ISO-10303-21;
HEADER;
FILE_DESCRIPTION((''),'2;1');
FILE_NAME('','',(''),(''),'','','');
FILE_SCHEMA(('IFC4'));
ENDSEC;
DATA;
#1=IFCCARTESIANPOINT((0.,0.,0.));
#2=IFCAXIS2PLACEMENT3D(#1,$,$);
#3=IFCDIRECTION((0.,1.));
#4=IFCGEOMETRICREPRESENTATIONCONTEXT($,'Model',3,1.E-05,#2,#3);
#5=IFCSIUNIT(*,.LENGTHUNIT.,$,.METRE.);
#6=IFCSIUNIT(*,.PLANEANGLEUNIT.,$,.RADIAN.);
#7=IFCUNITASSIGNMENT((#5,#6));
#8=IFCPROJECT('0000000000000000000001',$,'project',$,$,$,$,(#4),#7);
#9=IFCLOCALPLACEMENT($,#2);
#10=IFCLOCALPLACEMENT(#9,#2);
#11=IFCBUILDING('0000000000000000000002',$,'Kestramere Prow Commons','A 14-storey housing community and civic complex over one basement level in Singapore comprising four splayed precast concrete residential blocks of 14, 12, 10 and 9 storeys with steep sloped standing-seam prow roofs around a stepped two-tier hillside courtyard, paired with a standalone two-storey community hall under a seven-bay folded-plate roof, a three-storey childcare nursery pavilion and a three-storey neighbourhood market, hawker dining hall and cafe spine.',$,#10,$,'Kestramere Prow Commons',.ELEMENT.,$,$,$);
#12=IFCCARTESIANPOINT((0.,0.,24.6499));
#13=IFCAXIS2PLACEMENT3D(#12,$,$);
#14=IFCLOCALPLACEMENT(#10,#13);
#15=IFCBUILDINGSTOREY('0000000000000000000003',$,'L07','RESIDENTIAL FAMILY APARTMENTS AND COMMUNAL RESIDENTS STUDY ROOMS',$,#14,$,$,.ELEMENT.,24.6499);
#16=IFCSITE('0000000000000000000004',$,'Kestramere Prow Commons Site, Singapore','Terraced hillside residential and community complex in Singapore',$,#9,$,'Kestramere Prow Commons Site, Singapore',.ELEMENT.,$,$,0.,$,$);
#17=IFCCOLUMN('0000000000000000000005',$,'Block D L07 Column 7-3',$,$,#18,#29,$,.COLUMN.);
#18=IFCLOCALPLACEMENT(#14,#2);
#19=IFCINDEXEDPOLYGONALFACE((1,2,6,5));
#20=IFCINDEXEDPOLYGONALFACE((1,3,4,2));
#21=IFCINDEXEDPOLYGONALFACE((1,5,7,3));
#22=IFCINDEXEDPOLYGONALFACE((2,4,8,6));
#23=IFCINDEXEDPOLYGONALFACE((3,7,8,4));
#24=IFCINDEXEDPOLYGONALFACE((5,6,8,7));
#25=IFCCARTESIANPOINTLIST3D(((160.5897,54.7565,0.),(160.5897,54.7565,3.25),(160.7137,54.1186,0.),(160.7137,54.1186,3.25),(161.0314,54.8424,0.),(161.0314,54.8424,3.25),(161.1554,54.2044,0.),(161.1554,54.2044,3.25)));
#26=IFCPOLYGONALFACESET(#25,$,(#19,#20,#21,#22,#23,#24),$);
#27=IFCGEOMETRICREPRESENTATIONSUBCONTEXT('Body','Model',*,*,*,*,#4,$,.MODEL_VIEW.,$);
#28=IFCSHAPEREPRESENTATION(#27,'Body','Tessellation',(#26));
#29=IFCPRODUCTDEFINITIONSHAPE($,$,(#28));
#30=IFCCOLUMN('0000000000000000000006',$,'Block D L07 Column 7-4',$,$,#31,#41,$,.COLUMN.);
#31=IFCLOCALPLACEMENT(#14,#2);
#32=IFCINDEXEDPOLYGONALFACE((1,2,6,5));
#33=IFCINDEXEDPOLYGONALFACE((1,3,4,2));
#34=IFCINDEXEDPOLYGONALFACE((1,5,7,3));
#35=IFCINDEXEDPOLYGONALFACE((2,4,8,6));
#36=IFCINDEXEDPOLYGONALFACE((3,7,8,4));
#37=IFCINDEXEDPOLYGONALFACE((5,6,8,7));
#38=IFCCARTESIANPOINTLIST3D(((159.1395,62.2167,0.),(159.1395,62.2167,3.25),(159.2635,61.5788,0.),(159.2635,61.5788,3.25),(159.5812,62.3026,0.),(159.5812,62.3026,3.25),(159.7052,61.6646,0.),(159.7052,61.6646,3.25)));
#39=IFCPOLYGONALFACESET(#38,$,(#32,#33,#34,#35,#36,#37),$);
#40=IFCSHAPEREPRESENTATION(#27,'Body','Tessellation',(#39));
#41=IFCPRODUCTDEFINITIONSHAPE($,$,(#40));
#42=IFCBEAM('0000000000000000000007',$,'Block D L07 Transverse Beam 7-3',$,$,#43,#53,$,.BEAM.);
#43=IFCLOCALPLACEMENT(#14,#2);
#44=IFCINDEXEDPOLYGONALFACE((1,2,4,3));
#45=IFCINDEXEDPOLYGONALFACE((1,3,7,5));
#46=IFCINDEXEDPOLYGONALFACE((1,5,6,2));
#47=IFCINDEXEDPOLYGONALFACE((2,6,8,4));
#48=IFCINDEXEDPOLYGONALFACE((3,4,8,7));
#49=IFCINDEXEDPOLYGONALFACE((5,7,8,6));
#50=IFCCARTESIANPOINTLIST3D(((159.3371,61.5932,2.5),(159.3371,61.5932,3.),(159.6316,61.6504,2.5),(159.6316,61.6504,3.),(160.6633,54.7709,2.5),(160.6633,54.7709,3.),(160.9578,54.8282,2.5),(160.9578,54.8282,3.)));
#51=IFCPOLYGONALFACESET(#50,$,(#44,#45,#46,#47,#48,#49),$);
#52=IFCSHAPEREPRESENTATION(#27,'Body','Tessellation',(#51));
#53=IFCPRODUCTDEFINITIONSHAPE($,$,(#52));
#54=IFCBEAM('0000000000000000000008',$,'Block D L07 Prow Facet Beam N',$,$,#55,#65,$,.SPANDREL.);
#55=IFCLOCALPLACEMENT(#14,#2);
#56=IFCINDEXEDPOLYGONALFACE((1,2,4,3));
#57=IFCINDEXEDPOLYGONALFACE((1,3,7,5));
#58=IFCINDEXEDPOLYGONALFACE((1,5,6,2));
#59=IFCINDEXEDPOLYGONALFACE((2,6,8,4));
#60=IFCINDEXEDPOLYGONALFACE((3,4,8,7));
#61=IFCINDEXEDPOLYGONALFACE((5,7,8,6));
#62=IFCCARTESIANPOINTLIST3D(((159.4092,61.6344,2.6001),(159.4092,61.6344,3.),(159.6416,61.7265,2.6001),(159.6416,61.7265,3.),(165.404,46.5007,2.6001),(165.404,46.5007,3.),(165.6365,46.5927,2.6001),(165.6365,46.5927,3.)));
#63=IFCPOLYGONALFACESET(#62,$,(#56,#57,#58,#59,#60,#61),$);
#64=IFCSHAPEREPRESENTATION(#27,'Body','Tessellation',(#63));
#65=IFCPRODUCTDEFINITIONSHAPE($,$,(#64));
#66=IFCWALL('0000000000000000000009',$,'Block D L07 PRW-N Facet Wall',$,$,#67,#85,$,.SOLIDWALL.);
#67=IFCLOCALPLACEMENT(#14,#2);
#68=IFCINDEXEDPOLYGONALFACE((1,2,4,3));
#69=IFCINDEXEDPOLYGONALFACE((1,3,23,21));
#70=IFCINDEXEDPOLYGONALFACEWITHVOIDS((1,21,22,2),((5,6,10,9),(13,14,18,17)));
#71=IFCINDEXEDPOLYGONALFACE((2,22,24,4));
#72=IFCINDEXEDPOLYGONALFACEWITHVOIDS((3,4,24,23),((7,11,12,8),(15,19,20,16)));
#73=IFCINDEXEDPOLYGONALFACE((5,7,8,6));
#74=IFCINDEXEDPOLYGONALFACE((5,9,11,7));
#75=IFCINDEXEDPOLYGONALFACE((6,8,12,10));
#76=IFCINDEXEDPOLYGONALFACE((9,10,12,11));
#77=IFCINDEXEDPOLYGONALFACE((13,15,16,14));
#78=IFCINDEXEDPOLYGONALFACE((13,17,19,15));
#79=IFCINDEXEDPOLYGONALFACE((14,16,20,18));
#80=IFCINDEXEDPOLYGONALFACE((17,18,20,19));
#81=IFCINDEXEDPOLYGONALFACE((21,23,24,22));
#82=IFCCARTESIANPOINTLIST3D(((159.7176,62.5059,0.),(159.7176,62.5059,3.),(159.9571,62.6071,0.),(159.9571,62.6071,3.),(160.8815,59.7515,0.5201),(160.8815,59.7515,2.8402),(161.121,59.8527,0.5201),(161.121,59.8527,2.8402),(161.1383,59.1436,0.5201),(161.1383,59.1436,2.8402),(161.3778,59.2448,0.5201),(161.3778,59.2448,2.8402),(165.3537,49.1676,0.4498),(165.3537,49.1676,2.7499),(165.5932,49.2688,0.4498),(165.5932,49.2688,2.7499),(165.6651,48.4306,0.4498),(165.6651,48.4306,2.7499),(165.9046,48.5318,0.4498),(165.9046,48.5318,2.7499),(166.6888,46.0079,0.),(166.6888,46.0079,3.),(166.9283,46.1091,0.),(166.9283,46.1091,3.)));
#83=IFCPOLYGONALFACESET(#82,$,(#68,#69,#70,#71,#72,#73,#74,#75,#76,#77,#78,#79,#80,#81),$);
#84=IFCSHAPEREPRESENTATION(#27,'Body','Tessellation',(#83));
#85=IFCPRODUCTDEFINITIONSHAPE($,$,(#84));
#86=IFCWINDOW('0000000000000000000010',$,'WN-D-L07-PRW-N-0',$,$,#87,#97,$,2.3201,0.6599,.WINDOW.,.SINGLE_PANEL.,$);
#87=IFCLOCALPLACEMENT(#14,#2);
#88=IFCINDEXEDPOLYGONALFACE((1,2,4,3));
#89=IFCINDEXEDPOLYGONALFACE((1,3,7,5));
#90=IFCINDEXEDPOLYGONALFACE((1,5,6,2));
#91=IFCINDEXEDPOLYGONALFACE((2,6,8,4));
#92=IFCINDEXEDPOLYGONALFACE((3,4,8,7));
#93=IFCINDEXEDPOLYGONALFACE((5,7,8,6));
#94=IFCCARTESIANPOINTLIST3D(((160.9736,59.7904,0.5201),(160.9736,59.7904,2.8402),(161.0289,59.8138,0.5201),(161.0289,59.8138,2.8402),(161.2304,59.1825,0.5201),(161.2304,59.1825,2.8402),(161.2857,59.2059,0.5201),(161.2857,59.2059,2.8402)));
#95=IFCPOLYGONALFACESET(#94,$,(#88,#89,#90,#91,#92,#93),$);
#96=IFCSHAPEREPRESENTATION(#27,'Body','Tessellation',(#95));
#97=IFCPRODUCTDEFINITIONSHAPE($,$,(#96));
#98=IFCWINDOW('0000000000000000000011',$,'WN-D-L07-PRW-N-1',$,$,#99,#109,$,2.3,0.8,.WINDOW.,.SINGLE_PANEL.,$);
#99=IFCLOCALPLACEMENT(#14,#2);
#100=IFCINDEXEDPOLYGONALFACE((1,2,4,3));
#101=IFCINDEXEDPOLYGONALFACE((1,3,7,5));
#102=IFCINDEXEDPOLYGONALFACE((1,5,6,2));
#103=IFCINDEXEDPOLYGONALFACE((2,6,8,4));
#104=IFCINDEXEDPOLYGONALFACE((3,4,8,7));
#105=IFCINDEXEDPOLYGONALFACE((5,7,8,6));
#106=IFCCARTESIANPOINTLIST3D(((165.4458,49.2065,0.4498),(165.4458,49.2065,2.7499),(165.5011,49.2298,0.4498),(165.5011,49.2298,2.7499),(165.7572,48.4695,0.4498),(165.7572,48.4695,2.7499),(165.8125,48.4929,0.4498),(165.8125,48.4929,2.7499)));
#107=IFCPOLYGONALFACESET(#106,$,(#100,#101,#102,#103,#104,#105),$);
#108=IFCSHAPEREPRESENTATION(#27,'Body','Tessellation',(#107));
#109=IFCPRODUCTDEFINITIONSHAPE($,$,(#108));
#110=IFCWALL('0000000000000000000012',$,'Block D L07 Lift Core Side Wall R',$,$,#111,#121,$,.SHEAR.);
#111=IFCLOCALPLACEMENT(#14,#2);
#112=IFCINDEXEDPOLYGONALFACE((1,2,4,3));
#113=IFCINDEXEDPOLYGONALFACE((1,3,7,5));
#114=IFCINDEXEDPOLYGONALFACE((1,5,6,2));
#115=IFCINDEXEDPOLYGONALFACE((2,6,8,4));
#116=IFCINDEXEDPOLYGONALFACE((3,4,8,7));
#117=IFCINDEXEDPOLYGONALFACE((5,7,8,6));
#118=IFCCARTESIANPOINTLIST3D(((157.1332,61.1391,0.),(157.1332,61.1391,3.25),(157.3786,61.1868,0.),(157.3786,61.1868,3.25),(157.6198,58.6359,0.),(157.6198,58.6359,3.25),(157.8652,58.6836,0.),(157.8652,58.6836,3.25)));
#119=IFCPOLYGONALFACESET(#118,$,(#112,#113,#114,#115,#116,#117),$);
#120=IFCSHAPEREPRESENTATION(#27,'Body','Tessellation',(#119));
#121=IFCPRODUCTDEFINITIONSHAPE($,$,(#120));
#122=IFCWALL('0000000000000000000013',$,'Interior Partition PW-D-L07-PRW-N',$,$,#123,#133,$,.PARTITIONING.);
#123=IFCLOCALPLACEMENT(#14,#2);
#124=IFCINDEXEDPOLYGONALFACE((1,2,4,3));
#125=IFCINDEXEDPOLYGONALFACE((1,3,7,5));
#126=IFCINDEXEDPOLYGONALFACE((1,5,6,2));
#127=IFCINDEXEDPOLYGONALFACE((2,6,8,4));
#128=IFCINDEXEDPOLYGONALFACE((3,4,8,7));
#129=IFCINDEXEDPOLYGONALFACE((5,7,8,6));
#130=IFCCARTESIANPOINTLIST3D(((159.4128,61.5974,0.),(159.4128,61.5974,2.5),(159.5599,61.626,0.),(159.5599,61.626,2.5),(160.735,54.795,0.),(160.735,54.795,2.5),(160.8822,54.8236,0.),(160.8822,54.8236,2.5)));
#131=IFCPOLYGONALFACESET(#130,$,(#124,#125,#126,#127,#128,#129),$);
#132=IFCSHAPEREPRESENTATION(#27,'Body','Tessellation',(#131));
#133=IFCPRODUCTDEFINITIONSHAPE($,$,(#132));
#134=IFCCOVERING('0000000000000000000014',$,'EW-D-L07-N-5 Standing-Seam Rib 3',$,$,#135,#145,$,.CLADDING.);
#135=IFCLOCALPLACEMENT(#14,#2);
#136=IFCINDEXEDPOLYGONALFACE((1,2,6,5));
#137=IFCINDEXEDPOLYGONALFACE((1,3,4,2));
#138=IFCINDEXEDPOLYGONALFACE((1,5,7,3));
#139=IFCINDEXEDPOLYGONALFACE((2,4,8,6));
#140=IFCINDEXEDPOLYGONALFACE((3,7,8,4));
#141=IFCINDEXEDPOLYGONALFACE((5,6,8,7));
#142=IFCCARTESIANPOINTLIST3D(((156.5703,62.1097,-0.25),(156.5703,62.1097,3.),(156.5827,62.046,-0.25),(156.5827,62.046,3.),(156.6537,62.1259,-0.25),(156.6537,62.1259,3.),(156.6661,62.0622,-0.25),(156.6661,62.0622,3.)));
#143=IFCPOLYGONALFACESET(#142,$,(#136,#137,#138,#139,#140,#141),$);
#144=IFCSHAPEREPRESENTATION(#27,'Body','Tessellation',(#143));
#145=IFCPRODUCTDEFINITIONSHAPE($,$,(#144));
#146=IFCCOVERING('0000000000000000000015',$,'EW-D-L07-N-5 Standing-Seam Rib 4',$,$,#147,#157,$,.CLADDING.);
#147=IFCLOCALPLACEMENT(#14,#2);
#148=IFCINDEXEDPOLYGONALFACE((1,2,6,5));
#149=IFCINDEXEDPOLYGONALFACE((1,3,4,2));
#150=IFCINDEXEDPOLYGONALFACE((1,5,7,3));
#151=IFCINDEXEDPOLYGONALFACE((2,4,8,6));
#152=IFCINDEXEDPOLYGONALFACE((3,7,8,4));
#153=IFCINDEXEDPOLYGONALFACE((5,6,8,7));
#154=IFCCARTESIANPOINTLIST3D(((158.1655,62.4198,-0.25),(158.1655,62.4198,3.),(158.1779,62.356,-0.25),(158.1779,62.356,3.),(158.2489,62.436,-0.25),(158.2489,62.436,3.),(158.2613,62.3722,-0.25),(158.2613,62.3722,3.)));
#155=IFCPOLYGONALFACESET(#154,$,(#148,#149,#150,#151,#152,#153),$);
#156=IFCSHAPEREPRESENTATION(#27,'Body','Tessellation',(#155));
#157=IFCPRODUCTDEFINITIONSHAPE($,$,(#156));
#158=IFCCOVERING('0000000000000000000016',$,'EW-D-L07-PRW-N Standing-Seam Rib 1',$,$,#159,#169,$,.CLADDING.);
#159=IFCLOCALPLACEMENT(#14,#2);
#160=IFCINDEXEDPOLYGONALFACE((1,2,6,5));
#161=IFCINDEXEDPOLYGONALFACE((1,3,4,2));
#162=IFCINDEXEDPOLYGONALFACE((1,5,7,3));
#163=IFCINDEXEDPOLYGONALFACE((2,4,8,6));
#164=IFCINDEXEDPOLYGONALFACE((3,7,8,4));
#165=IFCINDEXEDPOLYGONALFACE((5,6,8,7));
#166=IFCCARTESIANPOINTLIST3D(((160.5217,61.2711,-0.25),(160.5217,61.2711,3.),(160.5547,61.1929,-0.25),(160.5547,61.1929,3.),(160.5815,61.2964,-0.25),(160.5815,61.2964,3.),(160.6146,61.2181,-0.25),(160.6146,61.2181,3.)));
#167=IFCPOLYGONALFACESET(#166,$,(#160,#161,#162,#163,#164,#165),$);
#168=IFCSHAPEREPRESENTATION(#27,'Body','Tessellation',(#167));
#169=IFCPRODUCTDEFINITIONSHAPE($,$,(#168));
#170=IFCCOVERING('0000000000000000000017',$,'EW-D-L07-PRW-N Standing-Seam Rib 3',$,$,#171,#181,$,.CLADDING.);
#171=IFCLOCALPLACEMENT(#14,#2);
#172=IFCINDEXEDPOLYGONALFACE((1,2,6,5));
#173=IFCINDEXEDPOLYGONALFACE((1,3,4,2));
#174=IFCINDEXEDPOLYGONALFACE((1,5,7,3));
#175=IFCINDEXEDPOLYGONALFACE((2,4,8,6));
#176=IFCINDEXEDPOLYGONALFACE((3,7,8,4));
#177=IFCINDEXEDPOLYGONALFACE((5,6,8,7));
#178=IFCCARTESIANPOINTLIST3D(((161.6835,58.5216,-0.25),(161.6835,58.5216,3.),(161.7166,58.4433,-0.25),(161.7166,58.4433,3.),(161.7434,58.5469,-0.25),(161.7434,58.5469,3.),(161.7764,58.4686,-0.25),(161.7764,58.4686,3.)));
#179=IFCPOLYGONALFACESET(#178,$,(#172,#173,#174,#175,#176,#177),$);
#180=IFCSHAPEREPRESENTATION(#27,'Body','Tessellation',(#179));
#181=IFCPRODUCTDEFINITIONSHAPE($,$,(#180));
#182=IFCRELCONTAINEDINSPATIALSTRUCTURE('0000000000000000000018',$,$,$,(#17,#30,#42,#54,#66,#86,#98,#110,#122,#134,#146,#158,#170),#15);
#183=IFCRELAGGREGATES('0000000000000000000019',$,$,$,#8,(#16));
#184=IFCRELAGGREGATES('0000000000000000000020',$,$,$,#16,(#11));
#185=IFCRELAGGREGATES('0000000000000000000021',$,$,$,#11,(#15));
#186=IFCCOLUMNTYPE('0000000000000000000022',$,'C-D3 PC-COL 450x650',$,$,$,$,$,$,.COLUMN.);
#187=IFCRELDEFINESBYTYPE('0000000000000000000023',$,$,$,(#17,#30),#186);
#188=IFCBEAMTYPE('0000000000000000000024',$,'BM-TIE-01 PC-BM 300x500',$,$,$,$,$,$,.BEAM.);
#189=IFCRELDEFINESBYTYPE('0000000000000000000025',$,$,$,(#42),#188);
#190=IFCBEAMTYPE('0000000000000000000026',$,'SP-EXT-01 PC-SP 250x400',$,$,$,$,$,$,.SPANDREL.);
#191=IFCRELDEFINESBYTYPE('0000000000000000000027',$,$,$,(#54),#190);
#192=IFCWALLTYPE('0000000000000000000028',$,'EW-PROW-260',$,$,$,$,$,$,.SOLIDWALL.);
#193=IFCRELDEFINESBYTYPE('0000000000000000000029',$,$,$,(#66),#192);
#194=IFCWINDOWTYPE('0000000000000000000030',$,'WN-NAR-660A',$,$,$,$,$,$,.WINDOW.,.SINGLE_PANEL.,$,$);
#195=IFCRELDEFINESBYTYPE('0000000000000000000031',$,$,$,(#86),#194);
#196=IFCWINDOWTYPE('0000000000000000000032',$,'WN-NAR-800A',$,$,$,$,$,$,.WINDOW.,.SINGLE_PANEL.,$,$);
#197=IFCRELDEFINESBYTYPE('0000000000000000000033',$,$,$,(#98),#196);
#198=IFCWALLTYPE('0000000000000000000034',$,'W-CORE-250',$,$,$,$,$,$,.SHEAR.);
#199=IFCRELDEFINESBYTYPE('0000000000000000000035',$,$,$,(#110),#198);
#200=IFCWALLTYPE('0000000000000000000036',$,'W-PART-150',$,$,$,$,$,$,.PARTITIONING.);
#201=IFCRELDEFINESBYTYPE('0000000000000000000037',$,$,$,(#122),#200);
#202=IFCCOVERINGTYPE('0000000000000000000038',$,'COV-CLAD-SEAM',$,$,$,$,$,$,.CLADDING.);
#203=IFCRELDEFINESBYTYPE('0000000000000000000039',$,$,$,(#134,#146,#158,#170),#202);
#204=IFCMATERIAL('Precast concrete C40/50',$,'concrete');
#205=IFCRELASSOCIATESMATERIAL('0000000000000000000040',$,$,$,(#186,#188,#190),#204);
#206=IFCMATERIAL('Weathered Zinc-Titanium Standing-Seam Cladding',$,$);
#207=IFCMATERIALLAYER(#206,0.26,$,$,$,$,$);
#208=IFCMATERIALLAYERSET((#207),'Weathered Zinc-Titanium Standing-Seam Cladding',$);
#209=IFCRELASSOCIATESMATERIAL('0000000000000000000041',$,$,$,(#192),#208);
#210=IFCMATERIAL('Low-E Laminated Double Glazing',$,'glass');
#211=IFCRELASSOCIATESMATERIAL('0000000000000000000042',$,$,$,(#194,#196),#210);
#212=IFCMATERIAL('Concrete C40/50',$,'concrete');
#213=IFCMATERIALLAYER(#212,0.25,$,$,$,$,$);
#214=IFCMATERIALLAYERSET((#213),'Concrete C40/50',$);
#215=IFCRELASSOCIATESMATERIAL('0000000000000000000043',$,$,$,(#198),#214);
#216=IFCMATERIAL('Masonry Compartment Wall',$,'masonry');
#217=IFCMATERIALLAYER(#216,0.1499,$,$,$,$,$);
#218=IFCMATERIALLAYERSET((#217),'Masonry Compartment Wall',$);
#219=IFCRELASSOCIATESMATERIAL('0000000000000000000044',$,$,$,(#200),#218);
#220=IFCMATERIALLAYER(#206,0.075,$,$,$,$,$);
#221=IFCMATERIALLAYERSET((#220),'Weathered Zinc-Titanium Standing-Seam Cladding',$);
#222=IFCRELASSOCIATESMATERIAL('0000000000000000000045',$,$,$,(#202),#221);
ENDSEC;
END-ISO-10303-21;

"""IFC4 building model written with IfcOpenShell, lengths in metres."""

from ifc_helpers import new_model, si_unit, direction, frame, frame_2d, origin, origin_2d, place, context, subcontext, project, spatial, rectangle, extrude, material, layer, layer_set, material_profile, profile_set, type_object, element, fill, save


model = new_model("IFC4")

# Units and contexts
model_context = context("Model", 3, precision=1e-05, world=origin(), true_north=direction((0.0, 1.0)))
body_context = subcontext(model_context, "Body", "Model", "MODEL_VIEW")
ifc_project = project(units=[si_unit("LENGTHUNIT", "METRE"), si_unit("PLANEANGLEUNIT", "RADIAN")], contexts=[model_context])

# Site, building, storey
site_placement = place(None, origin())
site = spatial("IfcSite", under=ifc_project, at=site_placement, Name="Kestramere Prow Commons Site, Singapore", Description="Terraced hillside residential and community complex in Singapore", LongName="Kestramere Prow Commons Site, Singapore", CompositionType="ELEMENT", RefElevation=0.0)
building_placement = place(site_placement, origin())
building = spatial("IfcBuilding", under=site, at=building_placement, Name="Kestramere Prow Commons", Description="A 14-storey housing community and civic complex over one basement level in Singapore comprising four splayed precast concrete residential blocks of 14, 12, 10 and 9 storeys with steep sloped standing-seam prow roofs around a stepped two-tier hillside courtyard, paired with a standalone two-storey community hall under a seven-bay folded-plate roof, a three-storey childcare nursery pavilion and a three-storey neighbourhood market, hawker dining hall and cafe spine.", LongName="Kestramere Prow Commons", CompositionType="ELEMENT")
storey_placement = place(building_placement, frame((0.0, 0.0, 24.6499)))
storey = spatial("IfcBuildingStorey", under=building, at=storey_placement, Name="L07", Description="RESIDENTIAL FAMILY APARTMENTS AND COMMUNAL RESIDENTS STUDY ROOMS", CompositionType="ELEMENT", Elevation=24.6499)

# Columns
ifc_material_1 = material(Name="Precast concrete C40/50", Category="concrete")
ifc_material_profile_1 = material_profile(ifc_material_1, rectangle(XDim=0.45, YDim=0.6499, at=origin_2d()), Name="PC-COL 450x650")
ifc_profile_set_1 = profile_set([ifc_material_profile_1], Name="Precast concrete C40/50")
column_type = type_object("IfcColumnType", Name="C-D3 PC-COL 450x650", PredefinedType="COLUMN", material=ifc_profile_set_1)
for number, where, z_axis, x_axis, name in (
    (1, (160.8726, 54.4805, 0.0), (0.0, 0.0, 1.0), (0.981627, 0.190809, 0.0), "Block D L07 Column 7-3"),
    (2, (159.4224, 61.9407, 0.0), (0.0, 0.0, 1.0), (0.981627, 0.190809, 0.0), "Block D L07 Column 7-4"),
):
    element("IfcColumn", number, at=place(storey_placement, frame(where, z_axis=z_axis, x_axis=x_axis)), inside=storey, type_object=column_type, Name=name, PredefinedType="COLUMN", context=body_context, shape_type="SweptSolid", body=[
        extrude(rectangle(XDim=0.45, YDim=0.6499, at=origin_2d()), origin(), (0.0, 0.0, 1.0), 3.25),
    ])

# Beams
ifc_material_profile_2 = material_profile(ifc_material_1, rectangle(XDim=0.3, YDim=0.5, at=origin_2d()), Name="PC-BM 300x500")
ifc_profile_set_2 = profile_set([ifc_material_profile_2], Name="Precast concrete C40/50")
beam_type_1 = type_object("IfcBeamType", Name="BM-TIE-01 PC-BM 300x500", PredefinedType="BEAM", material=ifc_profile_set_2)
beam_1_placement = place(storey_placement, frame((160.8105, 54.7996, 2.75), z_axis=(-0.190817, 0.981626, 0.0), x_axis=(-0.981626, -0.190817, 0.0)))
element("IfcBeam", 3, at=beam_1_placement, inside=storey, type_object=beam_type_1, Name="Block D L07 Transverse Beam 7-3", PredefinedType="BEAM", context=body_context, shape_type="SweptSolid", body=[
    extrude(rectangle(XDim=0.3, YDim=0.5, at=origin_2d()), origin(), (0.0, 0.0, 1.0), 6.95),
])
ifc_material_profile_3 = material_profile(ifc_material_1, rectangle(XDim=0.25, YDim=0.3999, at=origin_2d()), Name="PC-SP 250x400")
ifc_profile_set_3 = profile_set([ifc_material_profile_3], Name="Precast concrete C40/50")
beam_type_2 = type_object("IfcBeamType", Name="SP-EXT-01 PC-SP 250x400", PredefinedType="SPANDREL", material=ifc_profile_set_3)
beam_2_placement = place(storey_placement, frame((159.5254, 61.6804, 2.8), z_axis=(0.368283, -0.929714, 0.0), x_axis=(0.929714, 0.368283, 0.0)))
element("IfcBeam", 4, at=beam_2_placement, inside=storey, type_object=beam_type_2, Name="Block D L07 Prow Facet Beam N", PredefinedType="SPANDREL", context=body_context, shape_type="SweptSolid", body=[
    extrude(rectangle(XDim=0.25, YDim=0.3999, at=origin_2d()), origin(), (0.0, 0.0, 1.0), 16.2778),
])

# Wall, openings, windows
ifc_material_2 = material(Name="Weathered Zinc-Titanium Standing-Seam Cladding")
ifc_layer_1 = layer(ifc_material_2, 0.26)
ifc_layer_set_1 = layer_set([ifc_layer_1], Name="Weathered Zinc-Titanium Standing-Seam Cladding")
wall_type_1 = type_object("IfcWallType", Name="EW-PROW-260", PredefinedType="SOLIDWALL", material=ifc_layer_set_1)
wall_1_placement = place(storey_placement, frame((159.8374, 62.5564, 0.0), z_axis=(0.0, 0.0, 1.0), x_axis=(0.389226, -0.921142, 0.0)))
wall_1 = element("IfcWall", 5, at=wall_1_placement, inside=storey, type_object=wall_type_1, Name="Block D L07 PRW-N Facet Wall", PredefinedType="SOLIDWALL", context=body_context, shape_type="SweptSolid", body=[
    extrude(rectangle(XDim=17.9104, YDim=0.26, at=frame_2d((8.9551, 0.0))), origin(), (0.0, 0.0, 1.0), 3.0),
])
opening_1_placement = place(wall_1_placement, frame((2.99, 0.0, 0.52)))
opening_1 = element("IfcOpeningElement", 6, at=opening_1_placement, cuts=wall_1, PredefinedType="OPENING", context=body_context, shape_type="SweptSolid", body=[
    extrude(rectangle(XDim=0.6599, YDim=2.3201, at=frame_2d((0.3301, 1.1602))), frame((0.0, 0.145, 0.0), z_axis=(0.0, -1.0, 0.0), x_axis=(1.0, 0.0, 0.0)), (0.0, 0.0, 1.0), 0.29),
])
opening_2_placement = place(wall_1_placement, frame((14.4802, 0.0, 0.45)))
opening_2 = element("IfcOpeningElement", 7, at=opening_2_placement, cuts=wall_1, PredefinedType="OPENING", context=body_context, shape_type="SweptSolid", body=[
    extrude(rectangle(XDim=0.8, YDim=2.3, at=frame_2d((0.3999, 1.1499))), frame((0.0, 0.145, 0.0), z_axis=(0.0, -1.0, 0.0), x_axis=(1.0, 0.0, 0.0)), (0.0, 0.0, 1.0), 0.29),
])
ifc_material_3 = material(Name="Low-E Laminated Double Glazing", Category="glass")
window_type_1 = type_object("IfcWindowType", Name="WN-NAR-660A", PartitioningType="SINGLE_PANEL", PredefinedType="WINDOW", material=ifc_material_3)
window_1_placement = place(opening_1_placement, origin())
window_1 = element("IfcWindow", 8, at=window_1_placement, inside=storey, type_object=window_type_1, Name="WN-D-L07-PRW-N-0", OverallHeight=2.3201, OverallWidth=0.6599, PartitioningType="SINGLE_PANEL", PredefinedType="WINDOW", context=body_context, shape_type="SweptSolid", body=[
    extrude(rectangle(XDim=0.6599, YDim=2.3201, at=frame_2d((0.3301, 1.1602))), frame((0.0, 0.03, 0.0), z_axis=(0.0, -1.0, 0.0), x_axis=(1.0, 0.0, 0.0)), (0.0, 0.0, 1.0), 0.0601),
])
fill(opening_1, window_1)
window_type_2 = type_object("IfcWindowType", Name="WN-NAR-800A", PartitioningType="SINGLE_PANEL", PredefinedType="WINDOW", material=ifc_material_3)
window_2_placement = place(opening_2_placement, origin())
window_2 = element("IfcWindow", 9, at=window_2_placement, inside=storey, type_object=window_type_2, Name="WN-D-L07-PRW-N-1", OverallHeight=2.3, OverallWidth=0.8, PartitioningType="SINGLE_PANEL", PredefinedType="WINDOW", context=body_context, shape_type="SweptSolid", body=[
    extrude(rectangle(XDim=0.8, YDim=2.3, at=frame_2d((0.3999, 1.1499))), frame((0.0, 0.03, 0.0), z_axis=(0.0, -1.0, 0.0), x_axis=(1.0, 0.0, 0.0)), (0.0, 0.0, 1.0), 0.0601),
])
fill(opening_2, window_2)

# Shared definitions
ifc_material_4 = material(Name="Concrete C40/50", Category="concrete")
ifc_layer_2 = layer(ifc_material_4, 0.25)
ifc_layer_set_2 = layer_set([ifc_layer_2], Name="Concrete C40/50")
wall_type_2 = type_object("IfcWallType", Name="W-CORE-250", PredefinedType="SHEAR", material=ifc_layer_set_2)

# Wall
wall_2_placement = place(storey_placement, frame((157.7424, 58.6599, 0.0), z_axis=(0.0, 0.0, 1.0), x_axis=(-0.190811, 0.981627, 0.0)))
element("IfcWall", 10, at=wall_2_placement, inside=storey, type_object=wall_type_2, Name="Block D L07 Lift Core Side Wall R", PredefinedType="SHEAR", context=body_context, shape_type="SweptSolid", body=[
    extrude(rectangle(XDim=2.55, YDim=0.25, at=frame_2d((1.2749, 0.0))), origin(), (0.0, 0.0, 1.0), 3.25),
])

# Wall
ifc_material_5 = material(Name="Masonry Compartment Wall", Category="masonry")
ifc_layer_3 = layer(ifc_material_5, 0.1499)
ifc_layer_set_3 = layer_set([ifc_layer_3], Name="Masonry Compartment Wall")
wall_type_3 = type_object("IfcWallType", Name="W-PART-150", PredefinedType="PARTITIONING", material=ifc_layer_set_3)
wall_3_placement = place(storey_placement, frame((160.8086, 54.8093, 0.0), z_axis=(0.0, 0.0, 1.0), x_axis=(-0.190808, 0.981627, 0.0)))
element("IfcWall", 11, at=wall_3_placement, inside=storey, type_object=wall_type_3, Name="Interior Partition PW-D-L07-PRW-N", PredefinedType="PARTITIONING", context=body_context, shape_type="SweptSolid", body=[
    extrude(rectangle(XDim=6.9297, YDim=0.1499, at=frame_2d((3.4648, 0.0))), origin(), (0.0, 0.0, 1.0), 2.5),
])

# Coverings
ifc_layer_4 = layer(ifc_material_2, 0.075)
ifc_layer_set_4 = layer_set([ifc_layer_4], Name="Weathered Zinc-Titanium Standing-Seam Cladding")
covering_type = type_object("IfcCoveringType", Name="COV-CLAD-SEAM", PredefinedType="CLADDING", material=ifc_layer_set_4)
for number, where, z_axis, x_axis, name in (
    (12, (156.6182, 62.0859, -0.25), (0.0, 0.0, 1.0), (0.981627, 0.190809, 0.0), "EW-D-L07-N-5 Standing-Seam Rib 3"),
    (13, (158.2134, 62.396, -0.25), (0.0, 0.0, 1.0), (0.981627, 0.190809, 0.0), "EW-D-L07-N-5 Standing-Seam Rib 4"),
    (14, (160.5681, 61.2446, -0.25), (0.0, 0.0, 1.0), (0.38922, -0.921145, 0.0), "EW-D-L07-PRW-N Standing-Seam Rib 1"),
    (15, (161.73, 58.4951, -0.25), (0.0, 0.0, 1.0), (0.38922, -0.921145, 0.0), "EW-D-L07-PRW-N Standing-Seam Rib 3"),
):
    element("IfcCovering", number, at=place(storey_placement, frame(where, z_axis=z_axis, x_axis=x_axis)), inside=storey, type_object=covering_type, Name=name, PredefinedType="CLADDING", context=body_context, shape_type="SweptSolid", body=[
        extrude(rectangle(XDim=0.085, YDim=0.0649, at=origin_2d()), origin(), (0.0, 0.0, 1.0), 3.25),
    ])

save(model, "model.ifc")
